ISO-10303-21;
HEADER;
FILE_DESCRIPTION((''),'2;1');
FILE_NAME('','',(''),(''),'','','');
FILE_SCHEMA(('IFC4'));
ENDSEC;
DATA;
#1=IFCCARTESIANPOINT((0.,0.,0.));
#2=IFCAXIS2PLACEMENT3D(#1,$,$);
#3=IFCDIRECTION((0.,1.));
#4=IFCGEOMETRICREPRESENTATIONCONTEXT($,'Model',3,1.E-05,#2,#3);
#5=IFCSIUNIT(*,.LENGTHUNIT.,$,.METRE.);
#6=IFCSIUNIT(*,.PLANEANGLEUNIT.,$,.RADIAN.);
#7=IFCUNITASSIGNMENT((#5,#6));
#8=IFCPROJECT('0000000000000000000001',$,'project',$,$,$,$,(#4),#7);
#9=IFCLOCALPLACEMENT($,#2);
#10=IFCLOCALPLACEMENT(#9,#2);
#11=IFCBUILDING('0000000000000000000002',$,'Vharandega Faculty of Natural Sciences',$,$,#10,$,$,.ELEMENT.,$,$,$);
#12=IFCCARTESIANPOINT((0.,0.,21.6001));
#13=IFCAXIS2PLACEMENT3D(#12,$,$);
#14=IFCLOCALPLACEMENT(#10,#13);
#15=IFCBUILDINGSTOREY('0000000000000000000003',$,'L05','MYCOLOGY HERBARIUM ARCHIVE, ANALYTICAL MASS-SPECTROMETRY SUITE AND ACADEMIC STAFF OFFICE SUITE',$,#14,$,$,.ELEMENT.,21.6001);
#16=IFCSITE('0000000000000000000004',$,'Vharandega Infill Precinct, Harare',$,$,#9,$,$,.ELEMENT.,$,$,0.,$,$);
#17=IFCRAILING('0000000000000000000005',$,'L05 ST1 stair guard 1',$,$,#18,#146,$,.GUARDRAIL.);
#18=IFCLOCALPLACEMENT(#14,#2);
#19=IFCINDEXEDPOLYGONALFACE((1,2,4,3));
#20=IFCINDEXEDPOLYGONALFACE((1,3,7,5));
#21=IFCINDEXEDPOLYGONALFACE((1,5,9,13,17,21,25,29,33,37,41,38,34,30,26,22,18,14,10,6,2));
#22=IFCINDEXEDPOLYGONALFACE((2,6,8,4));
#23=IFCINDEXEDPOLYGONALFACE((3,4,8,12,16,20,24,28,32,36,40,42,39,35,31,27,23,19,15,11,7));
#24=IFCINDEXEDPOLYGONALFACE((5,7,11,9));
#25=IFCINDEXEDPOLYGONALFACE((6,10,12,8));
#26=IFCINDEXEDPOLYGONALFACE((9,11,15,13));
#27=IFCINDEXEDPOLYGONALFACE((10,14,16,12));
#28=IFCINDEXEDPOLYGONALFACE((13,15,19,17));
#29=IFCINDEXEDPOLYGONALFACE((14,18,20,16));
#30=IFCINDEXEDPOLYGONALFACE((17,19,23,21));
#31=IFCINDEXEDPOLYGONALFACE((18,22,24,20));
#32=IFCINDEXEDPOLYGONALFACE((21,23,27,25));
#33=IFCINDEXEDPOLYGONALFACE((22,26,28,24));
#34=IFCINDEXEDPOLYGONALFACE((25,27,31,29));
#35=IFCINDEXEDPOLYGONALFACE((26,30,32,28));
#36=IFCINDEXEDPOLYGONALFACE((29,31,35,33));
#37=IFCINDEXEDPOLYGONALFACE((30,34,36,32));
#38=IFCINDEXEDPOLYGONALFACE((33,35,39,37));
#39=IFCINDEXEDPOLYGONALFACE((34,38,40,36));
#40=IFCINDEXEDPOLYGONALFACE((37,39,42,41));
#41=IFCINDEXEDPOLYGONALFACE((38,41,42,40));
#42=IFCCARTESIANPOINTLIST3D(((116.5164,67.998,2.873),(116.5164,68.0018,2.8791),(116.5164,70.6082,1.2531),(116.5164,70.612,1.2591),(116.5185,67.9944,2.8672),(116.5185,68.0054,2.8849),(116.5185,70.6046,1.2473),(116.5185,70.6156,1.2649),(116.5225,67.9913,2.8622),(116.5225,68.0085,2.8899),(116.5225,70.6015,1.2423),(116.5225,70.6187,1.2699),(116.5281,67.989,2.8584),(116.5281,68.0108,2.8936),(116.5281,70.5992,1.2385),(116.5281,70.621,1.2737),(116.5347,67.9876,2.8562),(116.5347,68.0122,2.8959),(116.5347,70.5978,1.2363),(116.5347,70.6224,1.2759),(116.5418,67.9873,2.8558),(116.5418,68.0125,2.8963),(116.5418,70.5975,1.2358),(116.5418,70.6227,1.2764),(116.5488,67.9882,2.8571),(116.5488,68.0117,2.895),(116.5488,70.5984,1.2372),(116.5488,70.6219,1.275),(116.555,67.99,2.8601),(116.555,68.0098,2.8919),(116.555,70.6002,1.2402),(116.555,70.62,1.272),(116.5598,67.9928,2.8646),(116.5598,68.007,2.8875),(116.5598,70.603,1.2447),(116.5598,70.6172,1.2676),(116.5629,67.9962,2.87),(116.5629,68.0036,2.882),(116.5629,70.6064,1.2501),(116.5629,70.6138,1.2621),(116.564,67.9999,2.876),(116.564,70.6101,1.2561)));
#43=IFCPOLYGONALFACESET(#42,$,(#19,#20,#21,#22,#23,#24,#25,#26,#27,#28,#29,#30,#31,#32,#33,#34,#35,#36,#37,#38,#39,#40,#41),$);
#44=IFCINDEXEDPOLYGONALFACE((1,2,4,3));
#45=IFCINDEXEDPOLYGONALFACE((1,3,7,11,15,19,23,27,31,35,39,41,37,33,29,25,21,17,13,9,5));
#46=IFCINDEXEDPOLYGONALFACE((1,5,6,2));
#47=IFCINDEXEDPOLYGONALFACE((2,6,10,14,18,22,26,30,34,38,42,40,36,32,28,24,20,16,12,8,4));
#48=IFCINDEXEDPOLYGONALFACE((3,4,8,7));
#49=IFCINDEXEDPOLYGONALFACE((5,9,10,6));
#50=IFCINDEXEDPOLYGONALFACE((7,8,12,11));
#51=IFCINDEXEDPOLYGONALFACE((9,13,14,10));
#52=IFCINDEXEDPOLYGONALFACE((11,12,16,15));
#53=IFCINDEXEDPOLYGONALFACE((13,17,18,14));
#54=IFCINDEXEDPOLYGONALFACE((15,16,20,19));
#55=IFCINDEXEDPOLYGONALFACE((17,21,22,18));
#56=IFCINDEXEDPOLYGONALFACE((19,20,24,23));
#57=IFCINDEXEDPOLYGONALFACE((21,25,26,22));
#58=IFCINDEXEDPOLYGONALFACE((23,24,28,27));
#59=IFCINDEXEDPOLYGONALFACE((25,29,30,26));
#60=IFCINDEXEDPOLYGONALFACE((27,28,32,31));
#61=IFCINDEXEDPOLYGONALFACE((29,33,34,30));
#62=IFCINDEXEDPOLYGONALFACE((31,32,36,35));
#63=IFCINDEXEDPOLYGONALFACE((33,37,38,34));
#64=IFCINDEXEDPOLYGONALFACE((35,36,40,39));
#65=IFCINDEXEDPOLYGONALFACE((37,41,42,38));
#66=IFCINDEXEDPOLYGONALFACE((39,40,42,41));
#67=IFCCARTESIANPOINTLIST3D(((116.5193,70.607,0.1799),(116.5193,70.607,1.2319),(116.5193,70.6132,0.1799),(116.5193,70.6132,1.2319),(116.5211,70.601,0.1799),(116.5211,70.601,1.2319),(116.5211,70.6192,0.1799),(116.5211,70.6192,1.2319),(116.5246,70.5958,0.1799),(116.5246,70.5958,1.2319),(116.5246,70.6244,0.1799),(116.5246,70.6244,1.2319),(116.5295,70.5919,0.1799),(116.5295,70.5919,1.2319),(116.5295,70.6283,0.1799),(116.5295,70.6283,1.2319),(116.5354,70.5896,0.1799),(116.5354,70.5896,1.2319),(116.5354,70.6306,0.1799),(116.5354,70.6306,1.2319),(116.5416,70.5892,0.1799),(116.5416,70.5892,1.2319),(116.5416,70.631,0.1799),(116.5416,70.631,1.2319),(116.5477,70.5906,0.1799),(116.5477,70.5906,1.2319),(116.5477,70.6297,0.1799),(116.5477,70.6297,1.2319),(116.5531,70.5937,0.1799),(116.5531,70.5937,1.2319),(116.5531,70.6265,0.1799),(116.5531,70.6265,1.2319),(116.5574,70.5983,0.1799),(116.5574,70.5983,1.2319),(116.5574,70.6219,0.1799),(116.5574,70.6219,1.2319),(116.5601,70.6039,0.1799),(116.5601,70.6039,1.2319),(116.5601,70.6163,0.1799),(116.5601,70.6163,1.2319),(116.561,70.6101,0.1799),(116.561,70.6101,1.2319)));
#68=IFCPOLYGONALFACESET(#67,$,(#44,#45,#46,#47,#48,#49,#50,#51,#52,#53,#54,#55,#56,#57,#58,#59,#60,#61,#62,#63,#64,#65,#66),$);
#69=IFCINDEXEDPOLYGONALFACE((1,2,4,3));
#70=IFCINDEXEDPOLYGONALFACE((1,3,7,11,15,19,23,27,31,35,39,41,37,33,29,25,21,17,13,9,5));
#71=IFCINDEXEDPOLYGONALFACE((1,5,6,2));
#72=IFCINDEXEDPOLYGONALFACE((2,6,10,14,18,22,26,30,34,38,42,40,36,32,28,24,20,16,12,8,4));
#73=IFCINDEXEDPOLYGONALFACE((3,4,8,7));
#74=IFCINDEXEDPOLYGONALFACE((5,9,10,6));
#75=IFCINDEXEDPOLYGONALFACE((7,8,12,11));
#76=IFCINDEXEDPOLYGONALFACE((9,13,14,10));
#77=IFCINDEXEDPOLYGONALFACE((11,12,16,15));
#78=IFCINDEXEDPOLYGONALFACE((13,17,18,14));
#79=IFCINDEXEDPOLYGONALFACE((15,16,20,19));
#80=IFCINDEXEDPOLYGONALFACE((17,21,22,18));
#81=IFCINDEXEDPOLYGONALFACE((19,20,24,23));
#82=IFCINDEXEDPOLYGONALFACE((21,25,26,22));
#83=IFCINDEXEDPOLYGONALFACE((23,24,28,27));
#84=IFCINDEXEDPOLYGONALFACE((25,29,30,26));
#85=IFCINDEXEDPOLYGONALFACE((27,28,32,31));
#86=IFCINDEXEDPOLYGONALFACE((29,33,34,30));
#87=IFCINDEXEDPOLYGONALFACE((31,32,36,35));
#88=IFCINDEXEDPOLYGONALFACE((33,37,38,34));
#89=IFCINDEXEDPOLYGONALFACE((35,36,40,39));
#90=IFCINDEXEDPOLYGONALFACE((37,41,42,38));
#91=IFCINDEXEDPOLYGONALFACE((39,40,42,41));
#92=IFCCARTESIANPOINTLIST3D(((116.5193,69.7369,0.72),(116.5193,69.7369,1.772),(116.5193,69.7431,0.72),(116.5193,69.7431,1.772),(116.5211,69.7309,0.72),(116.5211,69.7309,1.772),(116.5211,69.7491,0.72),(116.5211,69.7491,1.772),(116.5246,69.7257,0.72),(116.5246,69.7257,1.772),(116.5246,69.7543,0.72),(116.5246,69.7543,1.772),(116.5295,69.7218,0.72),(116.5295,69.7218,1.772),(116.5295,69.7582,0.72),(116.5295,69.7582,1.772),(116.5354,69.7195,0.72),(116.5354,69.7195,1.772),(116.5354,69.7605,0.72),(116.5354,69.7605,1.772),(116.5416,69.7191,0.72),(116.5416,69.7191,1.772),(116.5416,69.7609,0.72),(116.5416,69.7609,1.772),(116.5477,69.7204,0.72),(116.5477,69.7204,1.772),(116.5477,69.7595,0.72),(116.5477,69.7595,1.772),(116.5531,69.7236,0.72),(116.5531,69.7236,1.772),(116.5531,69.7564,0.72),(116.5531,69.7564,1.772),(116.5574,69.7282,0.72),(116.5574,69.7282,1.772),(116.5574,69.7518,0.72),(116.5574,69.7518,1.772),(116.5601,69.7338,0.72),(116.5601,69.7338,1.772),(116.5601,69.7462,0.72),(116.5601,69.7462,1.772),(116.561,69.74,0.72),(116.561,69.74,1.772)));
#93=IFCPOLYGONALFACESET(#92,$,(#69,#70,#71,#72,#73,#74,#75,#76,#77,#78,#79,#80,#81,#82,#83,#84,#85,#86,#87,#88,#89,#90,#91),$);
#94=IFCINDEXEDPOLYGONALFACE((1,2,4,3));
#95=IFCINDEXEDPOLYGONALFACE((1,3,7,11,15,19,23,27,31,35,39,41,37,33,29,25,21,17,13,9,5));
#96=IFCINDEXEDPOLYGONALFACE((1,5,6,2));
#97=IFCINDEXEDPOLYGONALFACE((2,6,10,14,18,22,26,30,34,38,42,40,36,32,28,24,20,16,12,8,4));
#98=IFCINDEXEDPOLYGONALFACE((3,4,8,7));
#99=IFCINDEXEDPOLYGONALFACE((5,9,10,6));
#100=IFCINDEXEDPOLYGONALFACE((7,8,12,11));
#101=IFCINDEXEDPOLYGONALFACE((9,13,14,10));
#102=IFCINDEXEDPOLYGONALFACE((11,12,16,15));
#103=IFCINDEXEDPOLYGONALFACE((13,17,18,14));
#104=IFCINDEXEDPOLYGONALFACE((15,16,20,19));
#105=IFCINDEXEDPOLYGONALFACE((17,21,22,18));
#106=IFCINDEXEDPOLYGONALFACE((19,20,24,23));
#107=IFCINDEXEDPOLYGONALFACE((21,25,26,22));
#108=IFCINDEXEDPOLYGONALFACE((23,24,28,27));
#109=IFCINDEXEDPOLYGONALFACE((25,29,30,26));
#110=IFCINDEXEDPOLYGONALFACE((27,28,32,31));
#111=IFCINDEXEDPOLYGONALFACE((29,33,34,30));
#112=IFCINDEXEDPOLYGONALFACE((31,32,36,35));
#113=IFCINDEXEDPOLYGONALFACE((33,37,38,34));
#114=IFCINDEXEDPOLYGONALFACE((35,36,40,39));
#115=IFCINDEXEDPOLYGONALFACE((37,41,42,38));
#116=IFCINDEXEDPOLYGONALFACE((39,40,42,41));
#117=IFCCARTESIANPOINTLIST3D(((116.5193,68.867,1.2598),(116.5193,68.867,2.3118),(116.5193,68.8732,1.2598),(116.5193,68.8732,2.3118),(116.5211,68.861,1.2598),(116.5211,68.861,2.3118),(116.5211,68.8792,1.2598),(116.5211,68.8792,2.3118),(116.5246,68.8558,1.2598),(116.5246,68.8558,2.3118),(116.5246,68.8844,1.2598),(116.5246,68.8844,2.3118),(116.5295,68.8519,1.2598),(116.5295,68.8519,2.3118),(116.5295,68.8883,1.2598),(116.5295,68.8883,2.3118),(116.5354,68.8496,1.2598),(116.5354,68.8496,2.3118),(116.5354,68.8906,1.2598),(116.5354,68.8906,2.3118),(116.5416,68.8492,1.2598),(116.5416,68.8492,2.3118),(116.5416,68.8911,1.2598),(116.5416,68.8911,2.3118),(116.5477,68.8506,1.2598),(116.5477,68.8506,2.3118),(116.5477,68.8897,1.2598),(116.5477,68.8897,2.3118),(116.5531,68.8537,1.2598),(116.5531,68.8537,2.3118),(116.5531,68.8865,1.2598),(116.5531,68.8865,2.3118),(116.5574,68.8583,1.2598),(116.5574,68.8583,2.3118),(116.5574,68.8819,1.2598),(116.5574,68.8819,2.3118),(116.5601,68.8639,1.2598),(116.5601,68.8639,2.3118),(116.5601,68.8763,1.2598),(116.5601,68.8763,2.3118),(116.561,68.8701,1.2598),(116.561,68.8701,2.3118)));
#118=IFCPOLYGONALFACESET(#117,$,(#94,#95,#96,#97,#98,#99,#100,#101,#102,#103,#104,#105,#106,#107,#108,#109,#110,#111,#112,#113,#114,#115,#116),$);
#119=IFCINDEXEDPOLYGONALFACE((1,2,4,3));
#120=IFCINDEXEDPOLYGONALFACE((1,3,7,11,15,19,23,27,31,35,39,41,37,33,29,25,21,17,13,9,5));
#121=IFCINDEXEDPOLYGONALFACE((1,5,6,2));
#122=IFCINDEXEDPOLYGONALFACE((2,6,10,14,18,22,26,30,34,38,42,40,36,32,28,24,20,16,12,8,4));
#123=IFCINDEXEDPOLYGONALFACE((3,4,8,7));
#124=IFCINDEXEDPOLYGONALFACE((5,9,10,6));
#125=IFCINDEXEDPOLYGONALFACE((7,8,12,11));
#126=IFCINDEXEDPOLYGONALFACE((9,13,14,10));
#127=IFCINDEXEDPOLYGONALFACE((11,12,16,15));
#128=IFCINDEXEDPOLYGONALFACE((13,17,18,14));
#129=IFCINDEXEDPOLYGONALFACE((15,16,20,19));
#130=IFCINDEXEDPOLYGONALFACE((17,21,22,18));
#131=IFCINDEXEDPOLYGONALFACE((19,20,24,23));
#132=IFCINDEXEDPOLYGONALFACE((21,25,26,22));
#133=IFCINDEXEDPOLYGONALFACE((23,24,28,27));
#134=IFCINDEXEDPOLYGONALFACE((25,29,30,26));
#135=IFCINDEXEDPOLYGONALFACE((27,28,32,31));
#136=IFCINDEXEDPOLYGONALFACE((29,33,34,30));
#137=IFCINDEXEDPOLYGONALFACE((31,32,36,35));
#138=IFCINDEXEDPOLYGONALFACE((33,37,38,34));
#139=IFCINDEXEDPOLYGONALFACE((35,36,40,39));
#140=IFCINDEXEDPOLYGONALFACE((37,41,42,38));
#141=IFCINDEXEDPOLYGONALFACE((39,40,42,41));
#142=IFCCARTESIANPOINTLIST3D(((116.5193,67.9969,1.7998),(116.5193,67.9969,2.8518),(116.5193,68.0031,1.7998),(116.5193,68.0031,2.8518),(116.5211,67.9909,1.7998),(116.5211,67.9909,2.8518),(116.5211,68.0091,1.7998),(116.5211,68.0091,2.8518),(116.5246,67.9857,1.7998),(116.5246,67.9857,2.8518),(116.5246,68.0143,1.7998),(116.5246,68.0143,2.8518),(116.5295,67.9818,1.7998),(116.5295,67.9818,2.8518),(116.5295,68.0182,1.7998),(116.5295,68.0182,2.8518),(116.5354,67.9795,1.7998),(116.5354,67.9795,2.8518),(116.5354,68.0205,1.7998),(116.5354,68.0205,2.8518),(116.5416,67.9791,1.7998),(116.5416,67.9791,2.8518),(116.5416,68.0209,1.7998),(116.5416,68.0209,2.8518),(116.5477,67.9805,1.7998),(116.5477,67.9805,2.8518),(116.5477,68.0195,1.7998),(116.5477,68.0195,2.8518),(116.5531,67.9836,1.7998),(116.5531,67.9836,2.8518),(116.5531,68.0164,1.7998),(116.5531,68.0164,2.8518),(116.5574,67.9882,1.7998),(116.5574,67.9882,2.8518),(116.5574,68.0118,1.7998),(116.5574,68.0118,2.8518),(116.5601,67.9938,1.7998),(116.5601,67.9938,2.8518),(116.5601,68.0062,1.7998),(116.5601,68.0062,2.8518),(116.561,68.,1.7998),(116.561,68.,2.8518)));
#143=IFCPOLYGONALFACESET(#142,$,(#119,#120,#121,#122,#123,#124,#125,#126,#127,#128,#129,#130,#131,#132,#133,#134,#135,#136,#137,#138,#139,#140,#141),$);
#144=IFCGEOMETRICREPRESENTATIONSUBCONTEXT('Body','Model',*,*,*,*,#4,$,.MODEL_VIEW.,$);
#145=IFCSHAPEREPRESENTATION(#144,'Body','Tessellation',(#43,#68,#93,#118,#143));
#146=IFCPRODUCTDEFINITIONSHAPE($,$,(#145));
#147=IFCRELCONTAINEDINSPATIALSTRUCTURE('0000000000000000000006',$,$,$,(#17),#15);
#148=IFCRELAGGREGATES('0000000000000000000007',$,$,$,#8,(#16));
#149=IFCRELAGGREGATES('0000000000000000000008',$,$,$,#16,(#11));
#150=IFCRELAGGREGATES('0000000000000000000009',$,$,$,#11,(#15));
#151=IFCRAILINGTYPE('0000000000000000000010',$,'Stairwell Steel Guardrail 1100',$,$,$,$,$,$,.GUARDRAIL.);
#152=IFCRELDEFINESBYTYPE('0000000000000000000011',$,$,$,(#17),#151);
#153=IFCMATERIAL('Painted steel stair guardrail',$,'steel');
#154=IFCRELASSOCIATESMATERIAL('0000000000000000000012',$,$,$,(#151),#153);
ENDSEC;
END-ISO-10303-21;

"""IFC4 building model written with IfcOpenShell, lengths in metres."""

from ifc_helpers import new_model, si_unit, direction, frame, origin, origin_2d, place, context, subcontext, project, spatial, circle, extrude, material, type_object, element, save


model = new_model("IFC4")

# Units and contexts
model_context = context("Model", 3, precision=1e-05, world=origin(), true_north=direction((0.0, 1.0)))
body_context = subcontext(model_context, "Body", "Model", "MODEL_VIEW")
ifc_project = project(units=[si_unit("LENGTHUNIT", "METRE"), si_unit("PLANEANGLEUNIT", "RADIAN")], contexts=[model_context])

# Site, building, storey
site_placement = place(None, origin())
site = spatial("IfcSite", under=ifc_project, at=site_placement, Name="Vharandega Infill Precinct, Harare", CompositionType="ELEMENT", RefElevation=0.0)
building_placement = place(site_placement, origin())
building = spatial("IfcBuilding", under=site, at=building_placement, Name="Vharandega Faculty of Natural Sciences", CompositionType="ELEMENT")
storey_placement = place(building_placement, frame((0.0, 0.0, 21.6001)))
storey = spatial("IfcBuildingStorey", under=building, at=storey_placement, Name="L05", Description="MYCOLOGY HERBARIUM ARCHIVE, ANALYTICAL MASS-SPECTROMETRY SUITE AND ACADEMIC STAFF OFFICE SUITE", CompositionType="ELEMENT", Elevation=21.6001)

# Railing
ifc_material_1 = material(Name="Painted steel stair guardrail", Category="steel")
railing_type_1 = type_object("IfcRailingType", Name="Stairwell Steel Guardrail 1100", PredefinedType="GUARDRAIL", material=ifc_material_1)
railing_1_placement = place(storey_placement, frame((116.54, 70.6101, 0.1799)))
element("IfcRailing", 1, at=railing_1_placement, inside=storey, type_object=railing_type_1, Name="L05 ST1 stair guard 1", PredefinedType="GUARDRAIL", context=body_context, shape_type="SweptSolid", body=[
    extrude(circle(Radius=0.0239, at=origin_2d()), frame((0.0, 0.0, 1.0762), z_axis=(0.0, -0.849668, 0.527317), x_axis=(1.0, 0.0, 0.0)), (0.0, 0.0, 1.0), 3.072),
    extrude(circle(Radius=0.021, at=origin_2d()), origin(), (0.0, 0.0, 1.0), 1.052),
    extrude(circle(Radius=0.021, at=origin_2d()), frame((0.0, -0.8701, 0.54)), (0.0, 0.0, 1.0), 1.052),
    extrude(circle(Radius=0.021, at=origin_2d()), frame((0.0, -1.74, 1.0798)), (0.0, 0.0, 1.0), 1.052),
    extrude(circle(Radius=0.021, at=origin_2d()), frame((0.0, -2.6101, 1.6199)), (0.0, 0.0, 1.0), 1.052),
])

save(model, "model.ifc")
